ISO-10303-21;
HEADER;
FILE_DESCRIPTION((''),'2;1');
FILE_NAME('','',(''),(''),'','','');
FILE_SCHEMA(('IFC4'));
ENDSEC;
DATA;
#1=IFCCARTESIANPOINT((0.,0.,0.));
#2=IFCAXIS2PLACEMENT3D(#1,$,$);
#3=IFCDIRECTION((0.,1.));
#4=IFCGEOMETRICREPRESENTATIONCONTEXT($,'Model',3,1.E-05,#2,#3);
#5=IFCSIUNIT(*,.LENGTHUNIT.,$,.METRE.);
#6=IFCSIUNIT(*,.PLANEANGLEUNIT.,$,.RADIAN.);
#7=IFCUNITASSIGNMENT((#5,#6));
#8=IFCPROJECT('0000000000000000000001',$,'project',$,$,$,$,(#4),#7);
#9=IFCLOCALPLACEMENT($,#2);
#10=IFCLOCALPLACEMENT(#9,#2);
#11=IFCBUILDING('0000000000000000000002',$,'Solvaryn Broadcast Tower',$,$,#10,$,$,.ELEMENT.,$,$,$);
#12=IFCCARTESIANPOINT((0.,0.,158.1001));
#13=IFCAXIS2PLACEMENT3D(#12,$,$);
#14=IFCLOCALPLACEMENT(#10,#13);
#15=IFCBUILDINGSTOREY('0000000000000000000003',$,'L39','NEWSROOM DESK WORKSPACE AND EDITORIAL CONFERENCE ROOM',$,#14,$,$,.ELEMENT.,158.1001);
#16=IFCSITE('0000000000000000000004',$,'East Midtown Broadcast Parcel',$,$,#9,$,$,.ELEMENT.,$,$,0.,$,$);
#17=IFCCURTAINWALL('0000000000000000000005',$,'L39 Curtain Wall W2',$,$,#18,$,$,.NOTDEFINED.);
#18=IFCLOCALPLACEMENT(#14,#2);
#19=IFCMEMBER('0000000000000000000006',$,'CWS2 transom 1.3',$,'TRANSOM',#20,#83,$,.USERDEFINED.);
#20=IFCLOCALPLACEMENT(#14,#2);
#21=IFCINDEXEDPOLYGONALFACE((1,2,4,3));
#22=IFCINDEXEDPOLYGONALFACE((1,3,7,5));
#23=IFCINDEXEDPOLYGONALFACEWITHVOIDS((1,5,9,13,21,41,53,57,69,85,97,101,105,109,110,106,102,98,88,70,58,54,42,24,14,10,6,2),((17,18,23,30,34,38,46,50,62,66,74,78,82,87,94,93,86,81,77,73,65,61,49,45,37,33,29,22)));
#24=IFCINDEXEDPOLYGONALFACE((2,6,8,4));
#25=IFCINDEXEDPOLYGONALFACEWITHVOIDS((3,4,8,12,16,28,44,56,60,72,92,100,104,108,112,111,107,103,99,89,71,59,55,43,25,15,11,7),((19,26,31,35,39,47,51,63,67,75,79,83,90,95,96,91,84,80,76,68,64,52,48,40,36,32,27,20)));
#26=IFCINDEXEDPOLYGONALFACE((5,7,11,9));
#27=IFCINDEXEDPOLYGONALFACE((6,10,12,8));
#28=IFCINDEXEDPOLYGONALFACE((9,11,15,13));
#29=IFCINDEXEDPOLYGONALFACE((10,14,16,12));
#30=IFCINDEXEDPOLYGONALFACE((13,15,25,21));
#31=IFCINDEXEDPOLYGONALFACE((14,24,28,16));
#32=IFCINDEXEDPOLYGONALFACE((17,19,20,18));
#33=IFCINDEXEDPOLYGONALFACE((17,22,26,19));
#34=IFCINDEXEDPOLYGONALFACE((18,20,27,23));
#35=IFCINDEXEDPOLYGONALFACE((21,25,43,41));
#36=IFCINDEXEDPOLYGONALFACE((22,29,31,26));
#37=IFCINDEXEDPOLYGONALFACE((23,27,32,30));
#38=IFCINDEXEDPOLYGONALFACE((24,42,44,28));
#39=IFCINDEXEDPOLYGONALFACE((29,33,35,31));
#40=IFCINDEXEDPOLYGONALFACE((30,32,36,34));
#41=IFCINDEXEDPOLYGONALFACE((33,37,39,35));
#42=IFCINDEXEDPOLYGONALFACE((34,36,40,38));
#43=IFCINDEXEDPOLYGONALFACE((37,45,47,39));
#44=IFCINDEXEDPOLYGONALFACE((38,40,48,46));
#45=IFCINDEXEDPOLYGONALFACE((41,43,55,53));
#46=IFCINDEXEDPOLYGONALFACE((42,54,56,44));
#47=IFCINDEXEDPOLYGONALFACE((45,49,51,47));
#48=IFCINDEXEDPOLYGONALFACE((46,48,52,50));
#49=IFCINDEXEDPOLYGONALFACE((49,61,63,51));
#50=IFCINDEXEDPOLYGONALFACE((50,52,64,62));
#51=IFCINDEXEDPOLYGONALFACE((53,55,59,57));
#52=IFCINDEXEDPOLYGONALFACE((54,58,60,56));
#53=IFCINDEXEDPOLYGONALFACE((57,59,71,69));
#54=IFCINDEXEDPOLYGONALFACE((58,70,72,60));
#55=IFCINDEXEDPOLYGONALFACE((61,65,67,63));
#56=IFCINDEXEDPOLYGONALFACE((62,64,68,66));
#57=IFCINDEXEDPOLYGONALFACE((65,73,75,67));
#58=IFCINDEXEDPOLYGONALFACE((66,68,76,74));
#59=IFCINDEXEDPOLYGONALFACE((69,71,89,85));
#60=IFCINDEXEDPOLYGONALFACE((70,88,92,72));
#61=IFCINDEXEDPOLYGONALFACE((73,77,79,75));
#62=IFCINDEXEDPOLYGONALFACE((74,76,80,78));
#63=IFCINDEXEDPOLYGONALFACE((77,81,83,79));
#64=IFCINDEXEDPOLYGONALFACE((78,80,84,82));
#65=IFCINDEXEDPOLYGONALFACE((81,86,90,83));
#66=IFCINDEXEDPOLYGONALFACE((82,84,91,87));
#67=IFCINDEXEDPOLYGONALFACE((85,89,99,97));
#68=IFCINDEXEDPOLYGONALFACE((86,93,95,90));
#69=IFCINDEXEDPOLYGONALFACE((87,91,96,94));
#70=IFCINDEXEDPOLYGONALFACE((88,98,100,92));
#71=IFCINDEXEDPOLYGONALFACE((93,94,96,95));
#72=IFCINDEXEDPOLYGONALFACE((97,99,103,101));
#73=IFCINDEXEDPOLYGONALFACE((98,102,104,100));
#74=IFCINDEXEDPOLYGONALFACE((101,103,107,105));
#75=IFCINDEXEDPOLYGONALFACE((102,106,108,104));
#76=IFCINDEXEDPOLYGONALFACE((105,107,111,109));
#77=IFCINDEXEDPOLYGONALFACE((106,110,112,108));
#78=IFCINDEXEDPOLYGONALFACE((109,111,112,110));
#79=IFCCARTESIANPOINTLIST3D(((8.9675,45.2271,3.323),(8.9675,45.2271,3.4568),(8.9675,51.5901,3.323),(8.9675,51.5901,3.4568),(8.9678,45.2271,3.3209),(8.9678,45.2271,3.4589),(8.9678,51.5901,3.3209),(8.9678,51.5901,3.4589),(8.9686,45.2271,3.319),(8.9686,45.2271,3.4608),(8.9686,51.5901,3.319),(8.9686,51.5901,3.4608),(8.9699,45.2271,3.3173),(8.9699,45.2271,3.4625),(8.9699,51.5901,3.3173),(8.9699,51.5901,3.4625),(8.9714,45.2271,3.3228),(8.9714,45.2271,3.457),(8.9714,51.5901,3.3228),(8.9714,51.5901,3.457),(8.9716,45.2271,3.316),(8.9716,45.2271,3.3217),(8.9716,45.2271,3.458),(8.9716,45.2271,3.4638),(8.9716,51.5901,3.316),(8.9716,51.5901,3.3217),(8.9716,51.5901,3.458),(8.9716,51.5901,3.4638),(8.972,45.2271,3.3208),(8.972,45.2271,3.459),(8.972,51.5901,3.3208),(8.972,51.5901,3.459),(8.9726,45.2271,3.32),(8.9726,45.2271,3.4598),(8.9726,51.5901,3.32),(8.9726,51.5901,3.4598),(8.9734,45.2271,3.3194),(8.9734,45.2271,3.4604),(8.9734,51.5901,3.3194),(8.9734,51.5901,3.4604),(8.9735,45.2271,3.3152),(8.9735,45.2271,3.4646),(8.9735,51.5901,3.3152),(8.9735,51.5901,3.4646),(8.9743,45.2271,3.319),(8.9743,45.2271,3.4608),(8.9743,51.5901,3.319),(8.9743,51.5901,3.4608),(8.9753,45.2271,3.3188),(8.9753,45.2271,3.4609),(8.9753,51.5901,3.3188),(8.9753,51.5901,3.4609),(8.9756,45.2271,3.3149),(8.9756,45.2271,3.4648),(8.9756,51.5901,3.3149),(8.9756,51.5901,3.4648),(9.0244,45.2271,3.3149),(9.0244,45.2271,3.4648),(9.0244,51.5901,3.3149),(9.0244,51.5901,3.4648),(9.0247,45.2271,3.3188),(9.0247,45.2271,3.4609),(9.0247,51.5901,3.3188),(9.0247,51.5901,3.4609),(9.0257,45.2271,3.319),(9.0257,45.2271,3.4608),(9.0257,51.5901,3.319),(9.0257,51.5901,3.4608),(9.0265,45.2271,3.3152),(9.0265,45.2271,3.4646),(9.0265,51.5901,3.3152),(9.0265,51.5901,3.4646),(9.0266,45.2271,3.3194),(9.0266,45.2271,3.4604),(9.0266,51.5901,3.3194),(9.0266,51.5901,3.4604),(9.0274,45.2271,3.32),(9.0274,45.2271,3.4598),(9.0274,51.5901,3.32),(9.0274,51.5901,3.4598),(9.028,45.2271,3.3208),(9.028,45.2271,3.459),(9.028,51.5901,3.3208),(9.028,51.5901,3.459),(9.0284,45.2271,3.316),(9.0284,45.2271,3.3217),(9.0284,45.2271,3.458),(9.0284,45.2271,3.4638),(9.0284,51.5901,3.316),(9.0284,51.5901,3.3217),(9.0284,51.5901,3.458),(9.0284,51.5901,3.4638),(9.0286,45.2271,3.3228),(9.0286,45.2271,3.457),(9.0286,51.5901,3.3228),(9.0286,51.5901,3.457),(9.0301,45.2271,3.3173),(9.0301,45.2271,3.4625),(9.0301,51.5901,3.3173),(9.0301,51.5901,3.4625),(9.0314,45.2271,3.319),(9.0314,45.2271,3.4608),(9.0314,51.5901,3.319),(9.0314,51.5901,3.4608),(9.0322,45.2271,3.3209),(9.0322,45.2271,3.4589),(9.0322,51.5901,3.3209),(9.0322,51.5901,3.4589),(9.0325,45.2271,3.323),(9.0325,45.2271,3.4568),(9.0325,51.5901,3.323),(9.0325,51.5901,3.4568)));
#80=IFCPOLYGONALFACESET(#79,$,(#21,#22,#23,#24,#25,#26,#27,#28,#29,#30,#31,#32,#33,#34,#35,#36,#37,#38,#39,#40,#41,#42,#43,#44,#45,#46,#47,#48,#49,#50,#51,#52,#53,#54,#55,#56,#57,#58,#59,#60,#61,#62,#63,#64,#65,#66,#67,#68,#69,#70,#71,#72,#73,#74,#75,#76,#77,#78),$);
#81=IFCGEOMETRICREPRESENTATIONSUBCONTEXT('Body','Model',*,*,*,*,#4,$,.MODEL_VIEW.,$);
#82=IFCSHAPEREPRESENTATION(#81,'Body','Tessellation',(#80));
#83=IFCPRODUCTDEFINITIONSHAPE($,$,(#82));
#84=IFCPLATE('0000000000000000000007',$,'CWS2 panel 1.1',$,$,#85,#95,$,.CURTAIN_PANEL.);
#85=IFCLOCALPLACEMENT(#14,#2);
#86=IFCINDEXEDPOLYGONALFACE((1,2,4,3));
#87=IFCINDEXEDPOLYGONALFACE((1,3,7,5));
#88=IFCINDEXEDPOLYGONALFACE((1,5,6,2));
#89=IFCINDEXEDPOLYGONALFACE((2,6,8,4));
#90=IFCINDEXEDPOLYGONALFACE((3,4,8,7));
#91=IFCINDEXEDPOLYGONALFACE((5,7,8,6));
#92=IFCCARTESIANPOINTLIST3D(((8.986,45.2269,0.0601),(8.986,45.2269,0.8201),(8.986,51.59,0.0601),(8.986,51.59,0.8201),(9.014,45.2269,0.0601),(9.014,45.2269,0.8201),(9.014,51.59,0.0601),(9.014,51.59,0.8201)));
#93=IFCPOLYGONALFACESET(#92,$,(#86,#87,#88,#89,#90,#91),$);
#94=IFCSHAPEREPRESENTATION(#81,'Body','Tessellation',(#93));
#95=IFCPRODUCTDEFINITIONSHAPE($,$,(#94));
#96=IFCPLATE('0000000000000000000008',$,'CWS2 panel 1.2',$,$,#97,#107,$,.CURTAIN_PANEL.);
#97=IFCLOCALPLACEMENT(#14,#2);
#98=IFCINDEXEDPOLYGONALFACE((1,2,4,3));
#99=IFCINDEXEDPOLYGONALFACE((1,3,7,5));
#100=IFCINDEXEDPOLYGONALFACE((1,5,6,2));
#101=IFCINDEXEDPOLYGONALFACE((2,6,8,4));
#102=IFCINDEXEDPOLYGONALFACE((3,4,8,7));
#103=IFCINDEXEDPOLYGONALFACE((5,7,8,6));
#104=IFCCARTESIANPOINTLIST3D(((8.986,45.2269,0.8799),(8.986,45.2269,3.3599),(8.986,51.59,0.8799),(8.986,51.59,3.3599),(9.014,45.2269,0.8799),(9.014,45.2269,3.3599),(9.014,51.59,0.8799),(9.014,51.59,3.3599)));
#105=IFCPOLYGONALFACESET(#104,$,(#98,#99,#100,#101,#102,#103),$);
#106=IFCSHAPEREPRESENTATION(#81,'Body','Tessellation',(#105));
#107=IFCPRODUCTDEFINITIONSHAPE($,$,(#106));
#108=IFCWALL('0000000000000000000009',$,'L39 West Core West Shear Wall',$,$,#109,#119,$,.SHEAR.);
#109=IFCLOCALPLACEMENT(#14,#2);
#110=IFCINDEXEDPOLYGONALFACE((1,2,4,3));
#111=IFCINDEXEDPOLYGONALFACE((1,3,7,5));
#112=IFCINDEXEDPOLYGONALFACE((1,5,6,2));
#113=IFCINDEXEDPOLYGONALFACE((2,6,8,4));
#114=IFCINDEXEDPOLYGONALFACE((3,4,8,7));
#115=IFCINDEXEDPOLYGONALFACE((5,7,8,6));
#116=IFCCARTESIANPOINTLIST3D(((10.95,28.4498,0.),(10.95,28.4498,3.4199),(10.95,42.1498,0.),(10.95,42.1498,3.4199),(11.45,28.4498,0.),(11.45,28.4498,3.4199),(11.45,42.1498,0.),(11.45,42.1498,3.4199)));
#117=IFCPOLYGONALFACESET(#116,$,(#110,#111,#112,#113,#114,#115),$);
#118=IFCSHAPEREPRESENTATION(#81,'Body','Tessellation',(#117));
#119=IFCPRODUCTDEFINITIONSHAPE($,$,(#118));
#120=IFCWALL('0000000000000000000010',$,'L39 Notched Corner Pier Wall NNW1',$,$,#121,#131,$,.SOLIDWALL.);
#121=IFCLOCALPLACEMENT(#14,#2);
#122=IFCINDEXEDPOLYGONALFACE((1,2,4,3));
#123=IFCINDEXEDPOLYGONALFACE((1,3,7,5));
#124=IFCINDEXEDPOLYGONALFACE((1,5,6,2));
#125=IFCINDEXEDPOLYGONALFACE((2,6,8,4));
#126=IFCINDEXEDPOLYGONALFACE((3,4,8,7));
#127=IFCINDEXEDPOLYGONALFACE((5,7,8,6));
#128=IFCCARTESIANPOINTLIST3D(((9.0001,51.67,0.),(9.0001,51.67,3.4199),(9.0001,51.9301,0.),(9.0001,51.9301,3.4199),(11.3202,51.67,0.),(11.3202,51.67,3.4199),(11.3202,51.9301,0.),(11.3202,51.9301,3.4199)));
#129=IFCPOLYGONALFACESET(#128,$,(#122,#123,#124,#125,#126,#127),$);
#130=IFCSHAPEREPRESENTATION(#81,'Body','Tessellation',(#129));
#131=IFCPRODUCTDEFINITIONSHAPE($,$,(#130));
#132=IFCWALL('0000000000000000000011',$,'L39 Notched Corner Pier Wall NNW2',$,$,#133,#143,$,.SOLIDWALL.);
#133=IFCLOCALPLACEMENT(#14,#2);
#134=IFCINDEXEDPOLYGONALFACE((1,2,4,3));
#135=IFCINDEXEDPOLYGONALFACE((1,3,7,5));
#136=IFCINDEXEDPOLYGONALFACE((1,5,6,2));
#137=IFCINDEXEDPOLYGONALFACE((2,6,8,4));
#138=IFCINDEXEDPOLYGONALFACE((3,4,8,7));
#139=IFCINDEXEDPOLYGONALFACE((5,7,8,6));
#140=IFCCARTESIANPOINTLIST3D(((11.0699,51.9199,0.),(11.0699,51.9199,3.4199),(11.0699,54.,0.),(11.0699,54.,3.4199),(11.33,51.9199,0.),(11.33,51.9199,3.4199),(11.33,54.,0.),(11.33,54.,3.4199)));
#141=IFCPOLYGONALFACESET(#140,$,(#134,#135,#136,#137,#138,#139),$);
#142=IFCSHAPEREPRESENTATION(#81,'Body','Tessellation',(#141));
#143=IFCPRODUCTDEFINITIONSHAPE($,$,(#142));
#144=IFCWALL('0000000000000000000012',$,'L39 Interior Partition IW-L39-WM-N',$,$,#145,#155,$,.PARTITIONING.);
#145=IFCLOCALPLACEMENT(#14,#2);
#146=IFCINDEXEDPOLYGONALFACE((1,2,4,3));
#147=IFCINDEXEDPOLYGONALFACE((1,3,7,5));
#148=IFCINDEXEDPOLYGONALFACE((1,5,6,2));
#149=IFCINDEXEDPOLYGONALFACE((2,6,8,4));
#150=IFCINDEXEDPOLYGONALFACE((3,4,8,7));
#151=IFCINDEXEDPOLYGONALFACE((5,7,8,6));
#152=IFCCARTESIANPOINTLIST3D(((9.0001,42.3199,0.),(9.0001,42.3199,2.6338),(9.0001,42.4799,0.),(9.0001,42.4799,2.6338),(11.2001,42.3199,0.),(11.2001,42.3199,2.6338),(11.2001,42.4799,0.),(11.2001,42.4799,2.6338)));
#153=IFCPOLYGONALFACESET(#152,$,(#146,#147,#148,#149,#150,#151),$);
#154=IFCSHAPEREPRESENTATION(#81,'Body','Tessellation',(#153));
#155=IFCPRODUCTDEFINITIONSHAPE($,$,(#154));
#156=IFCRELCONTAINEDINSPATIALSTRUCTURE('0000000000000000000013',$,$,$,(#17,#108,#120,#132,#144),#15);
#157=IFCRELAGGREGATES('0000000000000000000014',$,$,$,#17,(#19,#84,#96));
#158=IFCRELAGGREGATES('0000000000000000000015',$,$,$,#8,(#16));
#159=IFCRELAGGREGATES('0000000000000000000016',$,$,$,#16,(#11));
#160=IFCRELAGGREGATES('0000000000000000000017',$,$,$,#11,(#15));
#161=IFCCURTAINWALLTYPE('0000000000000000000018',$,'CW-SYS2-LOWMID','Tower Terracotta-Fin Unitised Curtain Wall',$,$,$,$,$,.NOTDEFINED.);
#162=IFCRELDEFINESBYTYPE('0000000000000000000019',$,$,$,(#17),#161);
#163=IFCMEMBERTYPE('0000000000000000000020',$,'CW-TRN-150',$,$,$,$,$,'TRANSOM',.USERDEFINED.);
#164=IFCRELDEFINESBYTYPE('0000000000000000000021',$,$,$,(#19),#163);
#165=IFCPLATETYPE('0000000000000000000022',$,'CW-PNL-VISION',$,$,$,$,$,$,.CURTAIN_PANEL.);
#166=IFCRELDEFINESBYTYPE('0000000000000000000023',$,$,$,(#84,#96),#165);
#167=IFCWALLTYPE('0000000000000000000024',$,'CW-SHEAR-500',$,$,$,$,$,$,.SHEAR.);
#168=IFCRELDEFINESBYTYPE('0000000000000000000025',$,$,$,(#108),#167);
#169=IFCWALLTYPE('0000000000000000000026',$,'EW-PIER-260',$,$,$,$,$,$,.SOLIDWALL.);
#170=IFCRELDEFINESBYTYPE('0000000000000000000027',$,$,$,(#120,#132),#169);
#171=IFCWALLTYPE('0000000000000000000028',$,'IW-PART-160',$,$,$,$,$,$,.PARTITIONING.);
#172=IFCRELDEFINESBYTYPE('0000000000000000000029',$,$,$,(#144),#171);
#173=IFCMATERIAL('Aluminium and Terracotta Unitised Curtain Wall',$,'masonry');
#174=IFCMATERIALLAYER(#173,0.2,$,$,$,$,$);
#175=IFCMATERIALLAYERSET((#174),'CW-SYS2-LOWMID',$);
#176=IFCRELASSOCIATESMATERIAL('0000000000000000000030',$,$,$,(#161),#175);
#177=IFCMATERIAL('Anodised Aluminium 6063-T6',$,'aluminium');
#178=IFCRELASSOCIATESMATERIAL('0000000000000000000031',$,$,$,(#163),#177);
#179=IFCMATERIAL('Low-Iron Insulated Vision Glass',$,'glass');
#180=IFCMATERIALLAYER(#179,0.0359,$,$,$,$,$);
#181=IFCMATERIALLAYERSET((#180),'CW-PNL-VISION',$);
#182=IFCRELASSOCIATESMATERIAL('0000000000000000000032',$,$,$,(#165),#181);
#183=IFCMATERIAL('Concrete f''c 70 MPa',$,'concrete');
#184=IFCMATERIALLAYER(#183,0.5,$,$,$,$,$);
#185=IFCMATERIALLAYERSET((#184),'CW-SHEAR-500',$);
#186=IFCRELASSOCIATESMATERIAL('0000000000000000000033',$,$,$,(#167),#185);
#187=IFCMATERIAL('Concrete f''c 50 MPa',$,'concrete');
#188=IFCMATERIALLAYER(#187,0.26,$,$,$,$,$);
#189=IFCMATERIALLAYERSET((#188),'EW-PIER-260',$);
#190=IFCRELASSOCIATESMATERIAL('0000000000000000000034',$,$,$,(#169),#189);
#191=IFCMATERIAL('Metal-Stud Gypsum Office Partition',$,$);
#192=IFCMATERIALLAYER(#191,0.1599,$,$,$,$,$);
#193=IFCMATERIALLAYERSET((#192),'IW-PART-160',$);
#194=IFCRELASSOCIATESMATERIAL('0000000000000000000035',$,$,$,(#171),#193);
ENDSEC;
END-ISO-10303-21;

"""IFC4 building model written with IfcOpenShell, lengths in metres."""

from ifc_helpers import new_model, si_unit, direction, frame, frame_2d, origin, origin_2d, place, context, subcontext, project, spatial, rectangle, hollow_rectangle, extrude, material, layer, layer_set, material_profile, profile_set, type_object, element, aggregate, save


model = new_model("IFC4")

# Units and contexts
model_context = context("Model", 3, precision=1e-05, world=origin(), true_north=direction((0.0, 1.0)))
body_context = subcontext(model_context, "Body", "Model", "MODEL_VIEW")
ifc_project = project(units=[si_unit("LENGTHUNIT", "METRE"), si_unit("PLANEANGLEUNIT", "RADIAN")], contexts=[model_context])

# Site, building, storey
site_placement = place(None, origin())
site = spatial("IfcSite", under=ifc_project, at=site_placement, Name="East Midtown Broadcast Parcel", CompositionType="ELEMENT", RefElevation=0.0)
building_placement = place(site_placement, origin())
building = spatial("IfcBuilding", under=site, at=building_placement, Name="Solvaryn Broadcast Tower", CompositionType="ELEMENT")
storey_placement = place(building_placement, frame((0.0, 0.0, 158.1001)))
storey = spatial("IfcBuildingStorey", under=building, at=storey_placement, Name="L39", Description="NEWSROOM DESK WORKSPACE AND EDITORIAL CONFERENCE ROOM", CompositionType="ELEMENT", Elevation=158.1001)

# Shared definitions
ifc_material_1 = material(Name="Aluminium and Terracotta Unitised Curtain Wall", Category="masonry")
ifc_layer_1 = layer(ifc_material_1, 0.2)
ifc_layer_set_1 = layer_set([ifc_layer_1], Name="CW-SYS2-LOWMID")
curtain_wall_type = type_object("IfcCurtainWallType", Name="CW-SYS2-LOWMID", Description="Tower Terracotta-Fin Unitised Curtain Wall", PredefinedType="NOTDEFINED", material=ifc_layer_set_1)

# Curtain wall
curtain_wall_1_placement = place(storey_placement, origin())
curtain_wall_1 = element("IfcCurtainWall", 1, at=curtain_wall_1_placement, inside=storey, type_object=curtain_wall_type, Name="L39 Curtain Wall W2", PredefinedType="NOTDEFINED")

# Member
ifc_material_2 = material(Name="Anodised Aluminium 6063-T6", Category="aluminium")
ifc_material_profile_1 = material_profile(ifc_material_2, hollow_rectangle(XDim=0.0649, YDim=0.1499, WallThickness=0.0039, InnerFilletRadius=0.0039, OuterFilletRadius=0.0081, at=origin_2d()))
ifc_profile_set_1 = profile_set([ifc_material_profile_1], Name="Anodised Aluminium 6063-T6")
member_type_1 = type_object("IfcMemberType", Name="CW-TRN-150", ElementType="TRANSOM", PredefinedType="USERDEFINED", material=ifc_profile_set_1)
member_1_placement = place(storey_placement, frame((9.0, 45.2271, 3.3899), z_axis=(0.0, 1.0, 0.0), x_axis=(-1.0, 0.0, 0.0)))
member_1 = element("IfcMember", 2, at=member_1_placement, type_object=member_type_1, Name="CWS2 transom 1.3", ObjectType="TRANSOM", PredefinedType="USERDEFINED", context=body_context, shape_type="SweptSolid", body=[
    extrude(hollow_rectangle(XDim=0.0649, YDim=0.1499, WallThickness=0.0039, InnerFilletRadius=0.0039, OuterFilletRadius=0.0081, at=origin_2d()), origin(), (0.0, 0.0, 1.0), 6.363),
])

# Plates
ifc_material_3 = material(Name="Low-Iron Insulated Vision Glass", Category="glass")
ifc_layer_2 = layer(ifc_material_3, 0.0359)
ifc_layer_set_2 = layer_set([ifc_layer_2], Name="CW-PNL-VISION")
plate_type = type_object("IfcPlateType", Name="CW-PNL-VISION", PredefinedType="CURTAIN_PANEL", material=ifc_layer_set_2)
plate_1_placement = place(storey_placement, frame((9.0, 48.4084, 0.0601), z_axis=(0.0, 0.0, 1.0), x_axis=(0.0, 1.0, 0.0)))
plate_1 = element("IfcPlate", 3, at=plate_1_placement, type_object=plate_type, Name="CWS2 panel 1.1", PredefinedType="CURTAIN_PANEL", context=body_context, shape_type="SweptSolid", body=[
    extrude(rectangle(XDim=6.363, YDim=0.0281, at=origin_2d()), origin(), (0.0, 0.0, 1.0), 0.76),
])
plate_2_placement = place(storey_placement, frame((9.0, 48.4084, 0.8799), z_axis=(0.0, 0.0, 1.0), x_axis=(0.0, 1.0, 0.0)))
plate_2 = element("IfcPlate", 4, at=plate_2_placement, type_object=plate_type, Name="CWS2 panel 1.2", PredefinedType="CURTAIN_PANEL", context=body_context, shape_type="SweptSolid", body=[
    extrude(rectangle(XDim=6.363, YDim=0.0281, at=origin_2d()), origin(), (0.0, 0.0, 1.0), 2.48),
])
aggregate(curtain_wall_1, [member_1, plate_1, plate_2])

# Walls
ifc_material_4 = material(Name="Concrete f'c 70 MPa", Category="concrete")
ifc_layer_3 = layer(ifc_material_4, 0.5)
ifc_layer_set_3 = layer_set([ifc_layer_3], Name="CW-SHEAR-500")
wall_type_1 = type_object("IfcWallType", Name="CW-SHEAR-500", PredefinedType="SHEAR", material=ifc_layer_set_3)
wall_1_placement = place(storey_placement, frame((11.2, 42.1499, 0.0), z_axis=(0.0, 0.0, 1.0), x_axis=(0.0, -1.0, 0.0)))
element("IfcWall", 5, at=wall_1_placement, inside=storey, type_object=wall_type_1, Name="L39 West Core West Shear Wall", PredefinedType="SHEAR", context=body_context, shape_type="SweptSolid", body=[
    extrude(rectangle(XDim=13.7, YDim=0.5, at=frame_2d((6.8501, 0.0))), origin(), (0.0, 0.0, 1.0), 3.4199),
])
ifc_material_5 = material(Name="Concrete f'c 50 MPa", Category="concrete")
ifc_layer_4 = layer(ifc_material_5, 0.26)
ifc_layer_set_4 = layer_set([ifc_layer_4], Name="EW-PIER-260")
wall_type_2 = type_object("IfcWallType", Name="EW-PIER-260", PredefinedType="SOLIDWALL", material=ifc_layer_set_4)
wall_2_placement = place(storey_placement, frame((9.0, 51.8, 0.0), z_axis=(0.0, 0.0, 1.0), x_axis=(1.0, 0.0, 0.0)))
element("IfcWall", 6, at=wall_2_placement, inside=storey, type_object=wall_type_2, Name="L39 Notched Corner Pier Wall NNW1", PredefinedType="SOLIDWALL", context=body_context, shape_type="SweptSolid", body=[
    extrude(rectangle(XDim=2.3201, YDim=0.26, at=frame_2d((1.1602, 0.0))), origin(), (0.0, 0.0, 1.0), 3.4199),
])
wall_3_placement = place(storey_placement, frame((11.2, 51.9199, 0.0), z_axis=(0.0, 0.0, 1.0), x_axis=(0.0, 1.0, 0.0)))
element("IfcWall", 7, at=wall_3_placement, inside=storey, type_object=wall_type_2, Name="L39 Notched Corner Pier Wall NNW2", PredefinedType="SOLIDWALL", context=body_context, shape_type="SweptSolid", body=[
    extrude(rectangle(XDim=2.0801, YDim=0.26, at=frame_2d((1.04, 0.0))), origin(), (0.0, 0.0, 1.0), 3.4199),
])
ifc_material_6 = material(Name="Metal-Stud Gypsum Office Partition")
ifc_layer_5 = layer(ifc_material_6, 0.1599)
ifc_layer_set_5 = layer_set([ifc_layer_5], Name="IW-PART-160")
wall_type_3 = type_object("IfcWallType", Name="IW-PART-160", PredefinedType="PARTITIONING", material=ifc_layer_set_5)
wall_4_placement = place(storey_placement, frame((9.0, 42.3999, 0.0), z_axis=(0.0, 0.0, 1.0), x_axis=(1.0, 0.0, 0.0)))
element("IfcWall", 8, at=wall_4_placement, inside=storey, type_object=wall_type_3, Name="L39 Interior Partition IW-L39-WM-N", PredefinedType="PARTITIONING", context=body_context, shape_type="SweptSolid", body=[
    extrude(rectangle(XDim=2.2, YDim=0.1599, at=frame_2d((1.1001, 0.0))), origin(), (0.0, 0.0, 1.0), 2.6338),
])

save(model, "model.ifc")
